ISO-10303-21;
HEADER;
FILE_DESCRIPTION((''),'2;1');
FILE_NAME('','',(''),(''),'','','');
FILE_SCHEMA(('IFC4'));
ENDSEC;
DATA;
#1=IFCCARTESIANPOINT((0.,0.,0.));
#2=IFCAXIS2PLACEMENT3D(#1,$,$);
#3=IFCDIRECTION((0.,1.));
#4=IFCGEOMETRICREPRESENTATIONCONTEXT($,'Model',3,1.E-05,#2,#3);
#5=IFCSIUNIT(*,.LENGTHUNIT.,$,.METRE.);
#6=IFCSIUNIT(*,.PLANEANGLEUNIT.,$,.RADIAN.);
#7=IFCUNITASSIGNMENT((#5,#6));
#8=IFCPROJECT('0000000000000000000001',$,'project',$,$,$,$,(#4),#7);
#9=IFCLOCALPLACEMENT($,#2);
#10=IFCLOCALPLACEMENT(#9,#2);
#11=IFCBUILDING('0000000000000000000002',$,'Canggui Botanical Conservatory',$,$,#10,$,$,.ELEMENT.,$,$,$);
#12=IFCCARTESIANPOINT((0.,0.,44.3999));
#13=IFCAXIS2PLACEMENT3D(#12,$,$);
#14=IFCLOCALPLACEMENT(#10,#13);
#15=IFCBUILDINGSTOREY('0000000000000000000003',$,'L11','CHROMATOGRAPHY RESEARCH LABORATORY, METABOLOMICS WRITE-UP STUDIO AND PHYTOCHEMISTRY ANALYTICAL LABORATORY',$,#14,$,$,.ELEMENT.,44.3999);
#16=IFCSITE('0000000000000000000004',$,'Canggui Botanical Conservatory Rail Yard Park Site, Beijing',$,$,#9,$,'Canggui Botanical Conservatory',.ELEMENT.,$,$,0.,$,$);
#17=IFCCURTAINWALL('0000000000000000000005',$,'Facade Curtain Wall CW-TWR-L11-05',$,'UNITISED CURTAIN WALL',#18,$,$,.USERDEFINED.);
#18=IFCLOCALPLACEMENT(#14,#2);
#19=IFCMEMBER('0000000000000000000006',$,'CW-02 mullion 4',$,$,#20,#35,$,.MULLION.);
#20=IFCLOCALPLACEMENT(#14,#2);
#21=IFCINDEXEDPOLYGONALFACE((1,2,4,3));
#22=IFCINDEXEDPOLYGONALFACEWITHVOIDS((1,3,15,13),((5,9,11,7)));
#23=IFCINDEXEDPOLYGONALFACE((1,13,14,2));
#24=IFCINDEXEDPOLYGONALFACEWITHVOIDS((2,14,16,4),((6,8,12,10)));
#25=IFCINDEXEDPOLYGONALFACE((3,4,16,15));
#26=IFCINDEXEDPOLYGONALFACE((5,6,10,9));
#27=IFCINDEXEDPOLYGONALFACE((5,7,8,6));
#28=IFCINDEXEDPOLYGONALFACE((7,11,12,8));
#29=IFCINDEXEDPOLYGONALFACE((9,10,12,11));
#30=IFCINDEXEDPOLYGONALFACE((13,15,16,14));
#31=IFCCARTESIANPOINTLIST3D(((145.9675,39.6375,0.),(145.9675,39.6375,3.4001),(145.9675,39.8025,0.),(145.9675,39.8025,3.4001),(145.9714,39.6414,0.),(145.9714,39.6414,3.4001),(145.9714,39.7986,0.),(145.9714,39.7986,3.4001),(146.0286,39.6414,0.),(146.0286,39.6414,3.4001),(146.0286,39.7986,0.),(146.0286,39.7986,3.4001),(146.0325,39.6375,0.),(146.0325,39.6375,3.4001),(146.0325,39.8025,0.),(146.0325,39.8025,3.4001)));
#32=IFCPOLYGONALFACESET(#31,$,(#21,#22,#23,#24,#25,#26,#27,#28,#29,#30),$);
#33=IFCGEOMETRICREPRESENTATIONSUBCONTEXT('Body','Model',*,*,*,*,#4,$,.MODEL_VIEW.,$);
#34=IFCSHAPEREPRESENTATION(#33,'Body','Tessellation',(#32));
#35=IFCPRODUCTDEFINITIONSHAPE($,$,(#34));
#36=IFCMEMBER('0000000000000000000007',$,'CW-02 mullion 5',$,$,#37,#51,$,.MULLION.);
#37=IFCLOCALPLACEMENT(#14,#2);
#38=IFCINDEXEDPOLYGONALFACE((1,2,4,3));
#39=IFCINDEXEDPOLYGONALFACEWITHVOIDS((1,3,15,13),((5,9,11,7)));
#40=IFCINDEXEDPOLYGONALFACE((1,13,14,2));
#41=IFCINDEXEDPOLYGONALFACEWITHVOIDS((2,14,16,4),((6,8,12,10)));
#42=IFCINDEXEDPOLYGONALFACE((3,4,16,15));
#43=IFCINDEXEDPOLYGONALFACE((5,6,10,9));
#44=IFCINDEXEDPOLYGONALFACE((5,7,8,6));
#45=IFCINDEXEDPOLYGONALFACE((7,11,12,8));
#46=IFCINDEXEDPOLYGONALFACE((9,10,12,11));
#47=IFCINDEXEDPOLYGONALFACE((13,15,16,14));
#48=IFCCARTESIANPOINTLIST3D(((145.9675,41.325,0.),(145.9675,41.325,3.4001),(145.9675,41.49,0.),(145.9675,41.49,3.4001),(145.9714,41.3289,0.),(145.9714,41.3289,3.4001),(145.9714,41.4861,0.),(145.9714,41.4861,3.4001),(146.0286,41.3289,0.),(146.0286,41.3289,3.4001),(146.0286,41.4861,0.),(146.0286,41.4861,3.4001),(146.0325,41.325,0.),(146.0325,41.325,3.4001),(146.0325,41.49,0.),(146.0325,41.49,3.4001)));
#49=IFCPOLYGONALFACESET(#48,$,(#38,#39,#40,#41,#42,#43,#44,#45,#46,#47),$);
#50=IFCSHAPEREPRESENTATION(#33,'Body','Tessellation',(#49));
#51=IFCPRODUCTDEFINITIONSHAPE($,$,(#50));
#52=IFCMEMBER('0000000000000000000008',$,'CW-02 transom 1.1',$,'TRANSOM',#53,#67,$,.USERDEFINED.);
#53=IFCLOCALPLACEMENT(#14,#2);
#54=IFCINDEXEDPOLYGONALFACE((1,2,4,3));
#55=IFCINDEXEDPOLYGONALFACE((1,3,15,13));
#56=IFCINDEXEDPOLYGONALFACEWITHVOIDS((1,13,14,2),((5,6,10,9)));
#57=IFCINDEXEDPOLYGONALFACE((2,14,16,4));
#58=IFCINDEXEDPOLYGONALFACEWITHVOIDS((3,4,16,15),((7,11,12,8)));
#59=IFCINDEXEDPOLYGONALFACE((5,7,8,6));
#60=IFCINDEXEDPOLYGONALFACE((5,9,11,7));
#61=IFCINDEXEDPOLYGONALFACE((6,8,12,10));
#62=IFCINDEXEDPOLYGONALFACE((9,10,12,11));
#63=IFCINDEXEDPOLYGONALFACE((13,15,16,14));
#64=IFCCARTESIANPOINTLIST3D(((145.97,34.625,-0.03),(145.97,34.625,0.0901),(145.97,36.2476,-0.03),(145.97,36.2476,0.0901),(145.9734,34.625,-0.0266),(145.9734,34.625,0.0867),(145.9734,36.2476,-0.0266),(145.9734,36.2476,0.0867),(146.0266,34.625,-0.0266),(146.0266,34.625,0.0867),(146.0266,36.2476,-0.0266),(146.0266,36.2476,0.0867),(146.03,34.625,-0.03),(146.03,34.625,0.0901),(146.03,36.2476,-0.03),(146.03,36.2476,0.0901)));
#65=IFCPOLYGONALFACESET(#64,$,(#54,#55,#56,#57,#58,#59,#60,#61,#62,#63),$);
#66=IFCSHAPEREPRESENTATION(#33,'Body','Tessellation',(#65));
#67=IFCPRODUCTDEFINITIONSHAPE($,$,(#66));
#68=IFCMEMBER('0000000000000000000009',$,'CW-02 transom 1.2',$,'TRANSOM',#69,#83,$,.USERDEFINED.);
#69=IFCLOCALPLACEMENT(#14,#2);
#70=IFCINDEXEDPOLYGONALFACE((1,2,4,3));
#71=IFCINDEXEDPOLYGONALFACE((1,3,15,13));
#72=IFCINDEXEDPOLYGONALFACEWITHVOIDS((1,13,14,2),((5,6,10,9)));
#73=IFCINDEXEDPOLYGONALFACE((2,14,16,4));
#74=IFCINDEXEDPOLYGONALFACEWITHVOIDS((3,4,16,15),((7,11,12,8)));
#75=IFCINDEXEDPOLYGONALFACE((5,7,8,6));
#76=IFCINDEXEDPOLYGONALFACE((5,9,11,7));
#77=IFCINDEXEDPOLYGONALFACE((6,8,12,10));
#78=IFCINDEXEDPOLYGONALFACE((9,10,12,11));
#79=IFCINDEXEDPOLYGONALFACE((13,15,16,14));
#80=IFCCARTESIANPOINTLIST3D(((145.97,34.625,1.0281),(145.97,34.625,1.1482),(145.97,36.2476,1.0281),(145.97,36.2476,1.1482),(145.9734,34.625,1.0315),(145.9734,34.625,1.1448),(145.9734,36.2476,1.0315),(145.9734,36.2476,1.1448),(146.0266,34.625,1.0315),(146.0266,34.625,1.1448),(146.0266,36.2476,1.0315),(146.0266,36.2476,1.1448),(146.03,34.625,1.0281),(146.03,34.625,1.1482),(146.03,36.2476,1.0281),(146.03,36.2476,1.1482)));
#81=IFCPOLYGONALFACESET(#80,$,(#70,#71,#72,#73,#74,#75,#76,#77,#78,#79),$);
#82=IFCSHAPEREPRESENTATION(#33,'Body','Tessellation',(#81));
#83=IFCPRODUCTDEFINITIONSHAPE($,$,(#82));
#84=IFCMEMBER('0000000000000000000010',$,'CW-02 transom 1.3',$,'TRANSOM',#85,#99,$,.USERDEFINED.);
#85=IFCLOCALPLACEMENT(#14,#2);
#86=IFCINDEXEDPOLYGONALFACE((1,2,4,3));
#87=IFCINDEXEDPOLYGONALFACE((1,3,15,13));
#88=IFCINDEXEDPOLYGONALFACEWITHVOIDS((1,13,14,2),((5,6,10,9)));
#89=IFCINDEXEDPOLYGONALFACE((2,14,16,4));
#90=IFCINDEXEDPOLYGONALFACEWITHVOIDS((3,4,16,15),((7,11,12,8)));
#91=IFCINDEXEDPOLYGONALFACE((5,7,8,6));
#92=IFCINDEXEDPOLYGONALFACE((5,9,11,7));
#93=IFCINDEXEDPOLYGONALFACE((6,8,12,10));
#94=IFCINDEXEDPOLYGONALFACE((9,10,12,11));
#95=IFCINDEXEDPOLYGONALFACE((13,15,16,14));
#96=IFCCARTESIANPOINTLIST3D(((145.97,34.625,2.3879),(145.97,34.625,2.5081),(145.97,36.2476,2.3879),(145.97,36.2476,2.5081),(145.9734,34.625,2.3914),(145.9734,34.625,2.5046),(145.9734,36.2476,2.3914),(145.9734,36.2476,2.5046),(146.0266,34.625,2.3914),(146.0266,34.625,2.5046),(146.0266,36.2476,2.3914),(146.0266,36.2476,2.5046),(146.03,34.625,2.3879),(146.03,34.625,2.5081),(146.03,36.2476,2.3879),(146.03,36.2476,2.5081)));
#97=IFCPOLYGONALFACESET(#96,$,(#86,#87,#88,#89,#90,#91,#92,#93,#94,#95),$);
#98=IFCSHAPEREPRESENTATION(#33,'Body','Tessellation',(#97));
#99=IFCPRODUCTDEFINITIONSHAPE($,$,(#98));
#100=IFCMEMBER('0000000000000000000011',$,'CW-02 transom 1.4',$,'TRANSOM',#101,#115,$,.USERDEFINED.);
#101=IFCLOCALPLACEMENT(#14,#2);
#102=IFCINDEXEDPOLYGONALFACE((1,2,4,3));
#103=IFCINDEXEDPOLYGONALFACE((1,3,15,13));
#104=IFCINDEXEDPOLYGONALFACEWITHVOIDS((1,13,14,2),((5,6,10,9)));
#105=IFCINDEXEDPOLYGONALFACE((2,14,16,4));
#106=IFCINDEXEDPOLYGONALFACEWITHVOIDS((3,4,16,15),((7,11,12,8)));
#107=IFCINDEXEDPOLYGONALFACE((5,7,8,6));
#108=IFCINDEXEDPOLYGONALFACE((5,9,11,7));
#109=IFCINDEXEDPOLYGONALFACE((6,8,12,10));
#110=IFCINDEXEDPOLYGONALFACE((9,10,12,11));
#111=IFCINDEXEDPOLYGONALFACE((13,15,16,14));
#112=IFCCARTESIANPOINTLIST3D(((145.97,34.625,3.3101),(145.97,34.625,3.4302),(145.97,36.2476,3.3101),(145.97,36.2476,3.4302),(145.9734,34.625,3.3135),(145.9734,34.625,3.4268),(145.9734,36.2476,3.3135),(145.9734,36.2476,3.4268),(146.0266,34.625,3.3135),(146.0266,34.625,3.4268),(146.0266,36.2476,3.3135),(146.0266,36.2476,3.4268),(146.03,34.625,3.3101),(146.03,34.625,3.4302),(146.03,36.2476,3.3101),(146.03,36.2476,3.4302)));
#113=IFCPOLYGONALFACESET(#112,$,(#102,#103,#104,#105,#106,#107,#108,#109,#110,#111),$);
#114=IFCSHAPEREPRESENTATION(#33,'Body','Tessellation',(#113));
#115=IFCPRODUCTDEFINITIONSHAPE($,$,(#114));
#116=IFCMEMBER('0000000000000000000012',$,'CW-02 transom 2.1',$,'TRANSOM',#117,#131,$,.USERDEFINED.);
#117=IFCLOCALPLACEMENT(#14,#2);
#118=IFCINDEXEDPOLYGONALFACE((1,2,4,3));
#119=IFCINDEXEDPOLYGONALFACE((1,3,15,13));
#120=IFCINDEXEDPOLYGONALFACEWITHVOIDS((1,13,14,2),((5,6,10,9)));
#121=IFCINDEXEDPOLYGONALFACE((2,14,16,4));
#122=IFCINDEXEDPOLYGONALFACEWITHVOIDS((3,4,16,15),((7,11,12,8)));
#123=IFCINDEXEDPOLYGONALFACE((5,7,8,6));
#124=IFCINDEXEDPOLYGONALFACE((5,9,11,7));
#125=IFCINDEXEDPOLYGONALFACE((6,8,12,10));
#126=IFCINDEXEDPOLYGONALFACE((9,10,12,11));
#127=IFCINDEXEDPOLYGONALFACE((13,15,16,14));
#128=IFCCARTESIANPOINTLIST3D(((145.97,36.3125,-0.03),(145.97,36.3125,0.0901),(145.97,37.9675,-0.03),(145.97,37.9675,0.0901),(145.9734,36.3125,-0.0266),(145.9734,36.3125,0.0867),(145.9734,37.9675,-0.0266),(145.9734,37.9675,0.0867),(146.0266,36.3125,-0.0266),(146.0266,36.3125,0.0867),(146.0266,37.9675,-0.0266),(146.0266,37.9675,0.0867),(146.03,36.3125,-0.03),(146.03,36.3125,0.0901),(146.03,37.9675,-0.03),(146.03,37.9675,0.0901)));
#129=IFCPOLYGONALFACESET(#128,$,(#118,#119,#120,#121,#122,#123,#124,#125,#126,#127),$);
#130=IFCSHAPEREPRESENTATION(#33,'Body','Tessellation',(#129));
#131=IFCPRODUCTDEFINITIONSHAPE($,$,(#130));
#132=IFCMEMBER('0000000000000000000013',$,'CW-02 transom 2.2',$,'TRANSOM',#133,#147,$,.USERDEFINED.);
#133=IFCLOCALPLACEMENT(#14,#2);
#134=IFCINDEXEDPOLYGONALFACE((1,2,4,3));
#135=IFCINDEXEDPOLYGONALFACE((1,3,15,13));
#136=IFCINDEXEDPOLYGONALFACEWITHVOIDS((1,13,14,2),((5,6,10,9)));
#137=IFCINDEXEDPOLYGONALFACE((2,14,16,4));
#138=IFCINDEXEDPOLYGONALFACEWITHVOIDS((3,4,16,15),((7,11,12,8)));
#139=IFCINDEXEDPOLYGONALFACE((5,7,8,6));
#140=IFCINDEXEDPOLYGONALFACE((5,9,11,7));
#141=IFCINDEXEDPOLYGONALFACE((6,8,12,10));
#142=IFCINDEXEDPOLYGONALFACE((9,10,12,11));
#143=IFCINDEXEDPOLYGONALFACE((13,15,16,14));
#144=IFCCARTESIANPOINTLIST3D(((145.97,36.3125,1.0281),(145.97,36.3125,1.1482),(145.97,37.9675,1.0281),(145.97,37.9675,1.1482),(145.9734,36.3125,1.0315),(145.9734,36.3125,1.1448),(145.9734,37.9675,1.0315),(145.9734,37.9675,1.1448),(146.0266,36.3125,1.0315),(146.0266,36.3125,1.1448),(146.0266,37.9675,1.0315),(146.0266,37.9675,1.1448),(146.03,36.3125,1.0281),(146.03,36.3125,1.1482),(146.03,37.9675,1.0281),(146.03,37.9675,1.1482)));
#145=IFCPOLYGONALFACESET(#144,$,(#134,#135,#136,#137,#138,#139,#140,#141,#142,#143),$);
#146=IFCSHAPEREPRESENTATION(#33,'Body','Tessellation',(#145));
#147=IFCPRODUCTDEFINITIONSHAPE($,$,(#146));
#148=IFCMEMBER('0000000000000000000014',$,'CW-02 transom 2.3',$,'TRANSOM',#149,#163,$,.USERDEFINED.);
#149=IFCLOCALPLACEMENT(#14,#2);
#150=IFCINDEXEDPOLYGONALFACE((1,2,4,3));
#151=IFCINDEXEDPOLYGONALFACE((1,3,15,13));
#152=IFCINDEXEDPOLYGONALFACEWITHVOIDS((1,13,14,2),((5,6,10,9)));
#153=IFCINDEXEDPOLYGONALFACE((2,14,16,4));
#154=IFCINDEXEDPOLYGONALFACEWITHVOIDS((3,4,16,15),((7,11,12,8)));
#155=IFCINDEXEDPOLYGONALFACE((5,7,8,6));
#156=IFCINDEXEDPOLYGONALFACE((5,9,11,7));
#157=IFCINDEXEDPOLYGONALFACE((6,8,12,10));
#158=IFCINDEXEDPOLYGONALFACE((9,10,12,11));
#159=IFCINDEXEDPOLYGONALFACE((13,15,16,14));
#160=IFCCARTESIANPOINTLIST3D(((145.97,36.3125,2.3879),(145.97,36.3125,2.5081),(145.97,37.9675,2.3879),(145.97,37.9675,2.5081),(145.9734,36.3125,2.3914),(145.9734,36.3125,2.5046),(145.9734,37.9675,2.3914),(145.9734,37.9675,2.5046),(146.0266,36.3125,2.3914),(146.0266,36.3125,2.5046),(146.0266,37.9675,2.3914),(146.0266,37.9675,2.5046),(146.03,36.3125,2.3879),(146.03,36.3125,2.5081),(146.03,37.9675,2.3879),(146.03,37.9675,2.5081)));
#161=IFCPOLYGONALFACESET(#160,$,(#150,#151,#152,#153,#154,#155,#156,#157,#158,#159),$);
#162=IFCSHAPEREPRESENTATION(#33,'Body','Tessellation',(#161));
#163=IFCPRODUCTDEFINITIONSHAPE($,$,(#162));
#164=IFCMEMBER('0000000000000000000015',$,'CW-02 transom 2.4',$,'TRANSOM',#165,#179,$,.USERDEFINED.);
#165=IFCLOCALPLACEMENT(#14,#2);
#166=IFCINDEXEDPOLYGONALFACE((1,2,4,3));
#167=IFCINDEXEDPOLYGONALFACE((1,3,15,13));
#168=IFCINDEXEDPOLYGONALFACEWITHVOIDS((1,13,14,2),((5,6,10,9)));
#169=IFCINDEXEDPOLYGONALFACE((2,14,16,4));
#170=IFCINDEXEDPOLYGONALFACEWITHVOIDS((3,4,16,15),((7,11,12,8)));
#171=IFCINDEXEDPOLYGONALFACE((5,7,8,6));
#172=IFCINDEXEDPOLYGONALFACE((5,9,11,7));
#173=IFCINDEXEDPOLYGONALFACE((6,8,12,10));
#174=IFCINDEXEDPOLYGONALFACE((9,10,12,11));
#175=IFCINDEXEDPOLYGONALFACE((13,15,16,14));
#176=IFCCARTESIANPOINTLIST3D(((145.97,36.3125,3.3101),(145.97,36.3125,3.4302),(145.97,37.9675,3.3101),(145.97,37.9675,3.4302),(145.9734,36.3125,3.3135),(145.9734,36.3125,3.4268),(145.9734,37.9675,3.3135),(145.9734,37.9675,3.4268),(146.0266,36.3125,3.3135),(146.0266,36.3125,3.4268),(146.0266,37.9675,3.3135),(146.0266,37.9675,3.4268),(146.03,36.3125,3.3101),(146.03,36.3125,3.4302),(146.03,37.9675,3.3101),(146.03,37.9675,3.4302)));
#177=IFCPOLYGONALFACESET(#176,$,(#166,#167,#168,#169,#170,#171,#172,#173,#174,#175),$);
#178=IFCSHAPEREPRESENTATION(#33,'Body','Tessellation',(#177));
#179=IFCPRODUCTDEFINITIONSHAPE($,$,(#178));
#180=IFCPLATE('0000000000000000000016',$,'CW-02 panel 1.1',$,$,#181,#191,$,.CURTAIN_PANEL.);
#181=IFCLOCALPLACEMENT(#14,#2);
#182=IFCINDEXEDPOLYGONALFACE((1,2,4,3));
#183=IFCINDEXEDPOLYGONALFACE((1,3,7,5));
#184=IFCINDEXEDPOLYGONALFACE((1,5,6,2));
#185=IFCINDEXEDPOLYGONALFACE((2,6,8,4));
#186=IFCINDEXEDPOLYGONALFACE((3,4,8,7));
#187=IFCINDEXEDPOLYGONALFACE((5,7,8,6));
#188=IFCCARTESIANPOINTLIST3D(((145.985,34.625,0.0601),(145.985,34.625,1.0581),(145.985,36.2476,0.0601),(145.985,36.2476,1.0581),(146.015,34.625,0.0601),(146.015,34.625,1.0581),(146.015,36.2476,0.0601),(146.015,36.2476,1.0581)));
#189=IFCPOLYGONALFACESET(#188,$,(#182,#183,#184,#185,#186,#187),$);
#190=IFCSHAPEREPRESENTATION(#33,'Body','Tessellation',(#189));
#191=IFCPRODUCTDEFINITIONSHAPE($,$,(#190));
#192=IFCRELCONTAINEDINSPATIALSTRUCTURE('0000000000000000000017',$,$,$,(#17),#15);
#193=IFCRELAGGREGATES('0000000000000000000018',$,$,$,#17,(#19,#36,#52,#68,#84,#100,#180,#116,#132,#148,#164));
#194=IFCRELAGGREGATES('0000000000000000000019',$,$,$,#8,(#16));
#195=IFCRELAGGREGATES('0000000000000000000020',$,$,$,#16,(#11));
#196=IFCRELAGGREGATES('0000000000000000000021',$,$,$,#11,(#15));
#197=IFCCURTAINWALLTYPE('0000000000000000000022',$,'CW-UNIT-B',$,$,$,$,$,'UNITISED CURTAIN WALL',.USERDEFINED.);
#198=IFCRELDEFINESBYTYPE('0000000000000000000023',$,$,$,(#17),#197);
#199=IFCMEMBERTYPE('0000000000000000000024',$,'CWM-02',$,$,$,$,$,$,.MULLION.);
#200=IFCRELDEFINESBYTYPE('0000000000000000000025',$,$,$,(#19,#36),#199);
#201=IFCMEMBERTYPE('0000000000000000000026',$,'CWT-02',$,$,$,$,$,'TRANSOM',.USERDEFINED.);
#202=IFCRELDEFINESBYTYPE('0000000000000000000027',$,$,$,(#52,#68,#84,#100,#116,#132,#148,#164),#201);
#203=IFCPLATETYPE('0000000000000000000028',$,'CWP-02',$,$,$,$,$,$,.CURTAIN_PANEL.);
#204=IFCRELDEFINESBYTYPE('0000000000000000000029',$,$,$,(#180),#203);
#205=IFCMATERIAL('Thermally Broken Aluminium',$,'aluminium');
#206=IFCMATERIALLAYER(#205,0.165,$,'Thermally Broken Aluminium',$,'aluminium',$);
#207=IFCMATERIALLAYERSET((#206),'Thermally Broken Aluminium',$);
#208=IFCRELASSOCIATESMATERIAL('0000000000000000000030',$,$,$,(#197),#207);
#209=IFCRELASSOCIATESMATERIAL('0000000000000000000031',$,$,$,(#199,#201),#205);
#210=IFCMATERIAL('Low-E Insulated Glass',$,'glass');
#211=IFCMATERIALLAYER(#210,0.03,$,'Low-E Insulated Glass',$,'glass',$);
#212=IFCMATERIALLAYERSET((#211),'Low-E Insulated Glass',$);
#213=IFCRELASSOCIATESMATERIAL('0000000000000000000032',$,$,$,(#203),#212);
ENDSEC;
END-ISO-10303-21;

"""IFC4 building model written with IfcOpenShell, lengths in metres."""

from ifc_helpers import new_model, si_unit, direction, frame, origin, origin_2d, place, context, subcontext, project, spatial, rectangle, hollow_rectangle, extrude, material, layer, layer_set, material_profile, profile_set, type_object, element, aggregate, save


model = new_model("IFC4")

# Units and contexts
model_context = context("Model", 3, precision=1e-05, world=origin(), true_north=direction((0.0, 1.0)))
body_context = subcontext(model_context, "Body", "Model", "MODEL_VIEW")
ifc_project = project(units=[si_unit("LENGTHUNIT", "METRE"), si_unit("PLANEANGLEUNIT", "RADIAN")], contexts=[model_context])

# Site, building, storey
site_placement = place(None, origin())
site = spatial("IfcSite", under=ifc_project, at=site_placement, Name="Canggui Botanical Conservatory Rail Yard Park Site, Beijing", LongName="Canggui Botanical Conservatory", CompositionType="ELEMENT", RefElevation=0.0)
building_placement = place(site_placement, origin())
building = spatial("IfcBuilding", under=site, at=building_placement, Name="Canggui Botanical Conservatory", CompositionType="ELEMENT")
storey_placement = place(building_placement, frame((0.0, 0.0, 44.3999)))
storey = spatial("IfcBuildingStorey", under=building, at=storey_placement, Name="L11", Description="CHROMATOGRAPHY RESEARCH LABORATORY, METABOLOMICS WRITE-UP STUDIO AND PHYTOCHEMISTRY ANALYTICAL LABORATORY", CompositionType="ELEMENT", Elevation=44.3999)

# Curtain wall, members, plate
ifc_material_1 = material(Name="Thermally Broken Aluminium", Category="aluminium")
ifc_layer_1 = layer(ifc_material_1, 0.165, Name="Thermally Broken Aluminium", Category="aluminium")
ifc_layer_set_1 = layer_set([ifc_layer_1], Name="Thermally Broken Aluminium")
curtain_wall_type = type_object("IfcCurtainWallType", Name="CW-UNIT-B", ElementType="UNITISED CURTAIN WALL", PredefinedType="USERDEFINED", material=ifc_layer_set_1)
curtain_wall_placement = place(storey_placement, origin())
curtain_wall = element("IfcCurtainWall", 1, at=curtain_wall_placement, inside=storey, type_object=curtain_wall_type, Name="Facade Curtain Wall CW-TWR-L11-05", ObjectType="UNITISED CURTAIN WALL", PredefinedType="USERDEFINED")
ifc_material_profile_1 = material_profile(ifc_material_1, hollow_rectangle(XDim=0.0649, YDim=0.165, WallThickness=0.0039, at=origin_2d()), Name="CWM 65x165x4")
ifc_profile_set_1 = profile_set([ifc_material_profile_1], Name="Thermally Broken Aluminium")
member_type_1 = type_object("IfcMemberType", Name="CWM-02", PredefinedType="MULLION", material=ifc_profile_set_1)
member_1_placement = place(storey_placement, frame((146.0, 39.72, 0.0), z_axis=(0.0, 0.0, 1.0), x_axis=(-1.0, 0.0, 0.0)))
member_1 = element("IfcMember", 2, at=member_1_placement, type_object=member_type_1, Name="CW-02 mullion 4", PredefinedType="MULLION", context=body_context, shape_type="SweptSolid", body=[
    extrude(hollow_rectangle(XDim=0.0649, YDim=0.165, WallThickness=0.0039, at=origin_2d()), origin(), (0.0, 0.0, 1.0), 3.4001),
])
member_2_placement = place(storey_placement, frame((146.0, 41.4075, 0.0), z_axis=(0.0, 0.0, 1.0), x_axis=(-1.0, 0.0, 0.0)))
member_2 = element("IfcMember", 3, at=member_2_placement, type_object=member_type_1, Name="CW-02 mullion 5", PredefinedType="MULLION", context=body_context, shape_type="SweptSolid", body=[
    extrude(hollow_rectangle(XDim=0.0649, YDim=0.165, WallThickness=0.0039, at=origin_2d()), origin(), (0.0, 0.0, 1.0), 3.4001),
])
ifc_material_profile_2 = material_profile(ifc_material_1, hollow_rectangle(XDim=0.0601, YDim=0.1201, WallThickness=0.0034, at=origin_2d()), Name="CWT 60x120x3.5")
ifc_profile_set_2 = profile_set([ifc_material_profile_2], Name="Thermally Broken Aluminium")
member_type_2 = type_object("IfcMemberType", Name="CWT-02", ElementType="TRANSOM", PredefinedType="USERDEFINED", material=ifc_profile_set_2)
member_3_placement = place(storey_placement, frame((146.0, 34.625, 0.03), z_axis=(0.0, 1.0, 0.0), x_axis=(-1.0, 0.0, 0.0)))
member_3 = element("IfcMember", 4, at=member_3_placement, type_object=member_type_2, Name="CW-02 transom 1.1", ObjectType="TRANSOM", PredefinedType="USERDEFINED", context=body_context, shape_type="SweptSolid", body=[
    extrude(hollow_rectangle(XDim=0.0601, YDim=0.1201, WallThickness=0.0034, at=origin_2d()), origin(), (0.0, 0.0, 1.0), 1.6226),
])
member_4_placement = place(storey_placement, frame((146.0, 34.625, 1.0881), z_axis=(0.0, 1.0, 0.0), x_axis=(-1.0, 0.0, 0.0)))
member_4 = element("IfcMember", 5, at=member_4_placement, type_object=member_type_2, Name="CW-02 transom 1.2", ObjectType="TRANSOM", PredefinedType="USERDEFINED", context=body_context, shape_type="SweptSolid", body=[
    extrude(hollow_rectangle(XDim=0.0601, YDim=0.1201, WallThickness=0.0034, at=origin_2d()), origin(), (0.0, 0.0, 1.0), 1.6226),
])
member_5_placement = place(storey_placement, frame((146.0, 34.625, 2.448), z_axis=(0.0, 1.0, 0.0), x_axis=(-1.0, 0.0, 0.0)))
member_5 = element("IfcMember", 6, at=member_5_placement, type_object=member_type_2, Name="CW-02 transom 1.3", ObjectType="TRANSOM", PredefinedType="USERDEFINED", context=body_context, shape_type="SweptSolid", body=[
    extrude(hollow_rectangle(XDim=0.0601, YDim=0.1201, WallThickness=0.0034, at=origin_2d()), origin(), (0.0, 0.0, 1.0), 1.6226),
])
member_6_placement = place(storey_placement, frame((146.0, 34.625, 3.3701), z_axis=(0.0, 1.0, 0.0), x_axis=(-1.0, 0.0, 0.0)))
member_6 = element("IfcMember", 7, at=member_6_placement, type_object=member_type_2, Name="CW-02 transom 1.4", ObjectType="TRANSOM", PredefinedType="USERDEFINED", context=body_context, shape_type="SweptSolid", body=[
    extrude(hollow_rectangle(XDim=0.0601, YDim=0.1201, WallThickness=0.0034, at=origin_2d()), origin(), (0.0, 0.0, 1.0), 1.6226),
])
member_7_placement = place(storey_placement, frame((146.0, 36.3125, 0.03), z_axis=(0.0, 1.0, 0.0), x_axis=(-1.0, 0.0, 0.0)))
member_7 = element("IfcMember", 8, at=member_7_placement, type_object=member_type_2, Name="CW-02 transom 2.1", ObjectType="TRANSOM", PredefinedType="USERDEFINED", context=body_context, shape_type="SweptSolid", body=[
    extrude(hollow_rectangle(XDim=0.0601, YDim=0.1201, WallThickness=0.0034, at=origin_2d()), origin(), (0.0, 0.0, 1.0), 1.655),
])
member_8_placement = place(storey_placement, frame((146.0, 36.3125, 1.0881), z_axis=(0.0, 1.0, 0.0), x_axis=(-1.0, 0.0, 0.0)))
member_8 = element("IfcMember", 9, at=member_8_placement, type_object=member_type_2, Name="CW-02 transom 2.2", ObjectType="TRANSOM", PredefinedType="USERDEFINED", context=body_context, shape_type="SweptSolid", body=[
    extrude(hollow_rectangle(XDim=0.0601, YDim=0.1201, WallThickness=0.0034, at=origin_2d()), origin(), (0.0, 0.0, 1.0), 1.655),
])
member_9_placement = place(storey_placement, frame((146.0, 36.3125, 2.448), z_axis=(0.0, 1.0, 0.0), x_axis=(-1.0, 0.0, 0.0)))
member_9 = element("IfcMember", 10, at=member_9_placement, type_object=member_type_2, Name="CW-02 transom 2.3", ObjectType="TRANSOM", PredefinedType="USERDEFINED", context=body_context, shape_type="SweptSolid", body=[
    extrude(hollow_rectangle(XDim=0.0601, YDim=0.1201, WallThickness=0.0034, at=origin_2d()), origin(), (0.0, 0.0, 1.0), 1.655),
])
member_10_placement = place(storey_placement, frame((146.0, 36.3125, 3.3701), z_axis=(0.0, 1.0, 0.0), x_axis=(-1.0, 0.0, 0.0)))
member_10 = element("IfcMember", 11, at=member_10_placement, type_object=member_type_2, Name="CW-02 transom 2.4", ObjectType="TRANSOM", PredefinedType="USERDEFINED", context=body_context, shape_type="SweptSolid", body=[
    extrude(hollow_rectangle(XDim=0.0601, YDim=0.1201, WallThickness=0.0034, at=origin_2d()), origin(), (0.0, 0.0, 1.0), 1.655),
])
ifc_material_2 = material(Name="Low-E Insulated Glass", Category="glass")
ifc_layer_2 = layer(ifc_material_2, 0.03, Name="Low-E Insulated Glass", Category="glass")
ifc_layer_set_2 = layer_set([ifc_layer_2], Name="Low-E Insulated Glass")
plate_type = type_object("IfcPlateType", Name="CWP-02", PredefinedType="CURTAIN_PANEL", material=ifc_layer_set_2)
plate_1_placement = place(storey_placement, frame((146.0, 35.4363, 0.0601), z_axis=(0.0, 0.0, 1.0), x_axis=(0.0, 1.0, 0.0)))
plate_1 = element("IfcPlate", 12, at=plate_1_placement, type_object=plate_type, Name="CW-02 panel 1.1", PredefinedType="CURTAIN_PANEL", context=body_context, shape_type="SweptSolid", body=[
    extrude(rectangle(XDim=1.6226, YDim=0.03, at=origin_2d()), origin(), (0.0, 0.0, 1.0), 0.998),
])
aggregate(curtain_wall, [member_1, member_2, member_3, member_4, member_5, member_6, plate_1, member_7, member_8, member_9, member_10])

save(model, "model.ifc")
